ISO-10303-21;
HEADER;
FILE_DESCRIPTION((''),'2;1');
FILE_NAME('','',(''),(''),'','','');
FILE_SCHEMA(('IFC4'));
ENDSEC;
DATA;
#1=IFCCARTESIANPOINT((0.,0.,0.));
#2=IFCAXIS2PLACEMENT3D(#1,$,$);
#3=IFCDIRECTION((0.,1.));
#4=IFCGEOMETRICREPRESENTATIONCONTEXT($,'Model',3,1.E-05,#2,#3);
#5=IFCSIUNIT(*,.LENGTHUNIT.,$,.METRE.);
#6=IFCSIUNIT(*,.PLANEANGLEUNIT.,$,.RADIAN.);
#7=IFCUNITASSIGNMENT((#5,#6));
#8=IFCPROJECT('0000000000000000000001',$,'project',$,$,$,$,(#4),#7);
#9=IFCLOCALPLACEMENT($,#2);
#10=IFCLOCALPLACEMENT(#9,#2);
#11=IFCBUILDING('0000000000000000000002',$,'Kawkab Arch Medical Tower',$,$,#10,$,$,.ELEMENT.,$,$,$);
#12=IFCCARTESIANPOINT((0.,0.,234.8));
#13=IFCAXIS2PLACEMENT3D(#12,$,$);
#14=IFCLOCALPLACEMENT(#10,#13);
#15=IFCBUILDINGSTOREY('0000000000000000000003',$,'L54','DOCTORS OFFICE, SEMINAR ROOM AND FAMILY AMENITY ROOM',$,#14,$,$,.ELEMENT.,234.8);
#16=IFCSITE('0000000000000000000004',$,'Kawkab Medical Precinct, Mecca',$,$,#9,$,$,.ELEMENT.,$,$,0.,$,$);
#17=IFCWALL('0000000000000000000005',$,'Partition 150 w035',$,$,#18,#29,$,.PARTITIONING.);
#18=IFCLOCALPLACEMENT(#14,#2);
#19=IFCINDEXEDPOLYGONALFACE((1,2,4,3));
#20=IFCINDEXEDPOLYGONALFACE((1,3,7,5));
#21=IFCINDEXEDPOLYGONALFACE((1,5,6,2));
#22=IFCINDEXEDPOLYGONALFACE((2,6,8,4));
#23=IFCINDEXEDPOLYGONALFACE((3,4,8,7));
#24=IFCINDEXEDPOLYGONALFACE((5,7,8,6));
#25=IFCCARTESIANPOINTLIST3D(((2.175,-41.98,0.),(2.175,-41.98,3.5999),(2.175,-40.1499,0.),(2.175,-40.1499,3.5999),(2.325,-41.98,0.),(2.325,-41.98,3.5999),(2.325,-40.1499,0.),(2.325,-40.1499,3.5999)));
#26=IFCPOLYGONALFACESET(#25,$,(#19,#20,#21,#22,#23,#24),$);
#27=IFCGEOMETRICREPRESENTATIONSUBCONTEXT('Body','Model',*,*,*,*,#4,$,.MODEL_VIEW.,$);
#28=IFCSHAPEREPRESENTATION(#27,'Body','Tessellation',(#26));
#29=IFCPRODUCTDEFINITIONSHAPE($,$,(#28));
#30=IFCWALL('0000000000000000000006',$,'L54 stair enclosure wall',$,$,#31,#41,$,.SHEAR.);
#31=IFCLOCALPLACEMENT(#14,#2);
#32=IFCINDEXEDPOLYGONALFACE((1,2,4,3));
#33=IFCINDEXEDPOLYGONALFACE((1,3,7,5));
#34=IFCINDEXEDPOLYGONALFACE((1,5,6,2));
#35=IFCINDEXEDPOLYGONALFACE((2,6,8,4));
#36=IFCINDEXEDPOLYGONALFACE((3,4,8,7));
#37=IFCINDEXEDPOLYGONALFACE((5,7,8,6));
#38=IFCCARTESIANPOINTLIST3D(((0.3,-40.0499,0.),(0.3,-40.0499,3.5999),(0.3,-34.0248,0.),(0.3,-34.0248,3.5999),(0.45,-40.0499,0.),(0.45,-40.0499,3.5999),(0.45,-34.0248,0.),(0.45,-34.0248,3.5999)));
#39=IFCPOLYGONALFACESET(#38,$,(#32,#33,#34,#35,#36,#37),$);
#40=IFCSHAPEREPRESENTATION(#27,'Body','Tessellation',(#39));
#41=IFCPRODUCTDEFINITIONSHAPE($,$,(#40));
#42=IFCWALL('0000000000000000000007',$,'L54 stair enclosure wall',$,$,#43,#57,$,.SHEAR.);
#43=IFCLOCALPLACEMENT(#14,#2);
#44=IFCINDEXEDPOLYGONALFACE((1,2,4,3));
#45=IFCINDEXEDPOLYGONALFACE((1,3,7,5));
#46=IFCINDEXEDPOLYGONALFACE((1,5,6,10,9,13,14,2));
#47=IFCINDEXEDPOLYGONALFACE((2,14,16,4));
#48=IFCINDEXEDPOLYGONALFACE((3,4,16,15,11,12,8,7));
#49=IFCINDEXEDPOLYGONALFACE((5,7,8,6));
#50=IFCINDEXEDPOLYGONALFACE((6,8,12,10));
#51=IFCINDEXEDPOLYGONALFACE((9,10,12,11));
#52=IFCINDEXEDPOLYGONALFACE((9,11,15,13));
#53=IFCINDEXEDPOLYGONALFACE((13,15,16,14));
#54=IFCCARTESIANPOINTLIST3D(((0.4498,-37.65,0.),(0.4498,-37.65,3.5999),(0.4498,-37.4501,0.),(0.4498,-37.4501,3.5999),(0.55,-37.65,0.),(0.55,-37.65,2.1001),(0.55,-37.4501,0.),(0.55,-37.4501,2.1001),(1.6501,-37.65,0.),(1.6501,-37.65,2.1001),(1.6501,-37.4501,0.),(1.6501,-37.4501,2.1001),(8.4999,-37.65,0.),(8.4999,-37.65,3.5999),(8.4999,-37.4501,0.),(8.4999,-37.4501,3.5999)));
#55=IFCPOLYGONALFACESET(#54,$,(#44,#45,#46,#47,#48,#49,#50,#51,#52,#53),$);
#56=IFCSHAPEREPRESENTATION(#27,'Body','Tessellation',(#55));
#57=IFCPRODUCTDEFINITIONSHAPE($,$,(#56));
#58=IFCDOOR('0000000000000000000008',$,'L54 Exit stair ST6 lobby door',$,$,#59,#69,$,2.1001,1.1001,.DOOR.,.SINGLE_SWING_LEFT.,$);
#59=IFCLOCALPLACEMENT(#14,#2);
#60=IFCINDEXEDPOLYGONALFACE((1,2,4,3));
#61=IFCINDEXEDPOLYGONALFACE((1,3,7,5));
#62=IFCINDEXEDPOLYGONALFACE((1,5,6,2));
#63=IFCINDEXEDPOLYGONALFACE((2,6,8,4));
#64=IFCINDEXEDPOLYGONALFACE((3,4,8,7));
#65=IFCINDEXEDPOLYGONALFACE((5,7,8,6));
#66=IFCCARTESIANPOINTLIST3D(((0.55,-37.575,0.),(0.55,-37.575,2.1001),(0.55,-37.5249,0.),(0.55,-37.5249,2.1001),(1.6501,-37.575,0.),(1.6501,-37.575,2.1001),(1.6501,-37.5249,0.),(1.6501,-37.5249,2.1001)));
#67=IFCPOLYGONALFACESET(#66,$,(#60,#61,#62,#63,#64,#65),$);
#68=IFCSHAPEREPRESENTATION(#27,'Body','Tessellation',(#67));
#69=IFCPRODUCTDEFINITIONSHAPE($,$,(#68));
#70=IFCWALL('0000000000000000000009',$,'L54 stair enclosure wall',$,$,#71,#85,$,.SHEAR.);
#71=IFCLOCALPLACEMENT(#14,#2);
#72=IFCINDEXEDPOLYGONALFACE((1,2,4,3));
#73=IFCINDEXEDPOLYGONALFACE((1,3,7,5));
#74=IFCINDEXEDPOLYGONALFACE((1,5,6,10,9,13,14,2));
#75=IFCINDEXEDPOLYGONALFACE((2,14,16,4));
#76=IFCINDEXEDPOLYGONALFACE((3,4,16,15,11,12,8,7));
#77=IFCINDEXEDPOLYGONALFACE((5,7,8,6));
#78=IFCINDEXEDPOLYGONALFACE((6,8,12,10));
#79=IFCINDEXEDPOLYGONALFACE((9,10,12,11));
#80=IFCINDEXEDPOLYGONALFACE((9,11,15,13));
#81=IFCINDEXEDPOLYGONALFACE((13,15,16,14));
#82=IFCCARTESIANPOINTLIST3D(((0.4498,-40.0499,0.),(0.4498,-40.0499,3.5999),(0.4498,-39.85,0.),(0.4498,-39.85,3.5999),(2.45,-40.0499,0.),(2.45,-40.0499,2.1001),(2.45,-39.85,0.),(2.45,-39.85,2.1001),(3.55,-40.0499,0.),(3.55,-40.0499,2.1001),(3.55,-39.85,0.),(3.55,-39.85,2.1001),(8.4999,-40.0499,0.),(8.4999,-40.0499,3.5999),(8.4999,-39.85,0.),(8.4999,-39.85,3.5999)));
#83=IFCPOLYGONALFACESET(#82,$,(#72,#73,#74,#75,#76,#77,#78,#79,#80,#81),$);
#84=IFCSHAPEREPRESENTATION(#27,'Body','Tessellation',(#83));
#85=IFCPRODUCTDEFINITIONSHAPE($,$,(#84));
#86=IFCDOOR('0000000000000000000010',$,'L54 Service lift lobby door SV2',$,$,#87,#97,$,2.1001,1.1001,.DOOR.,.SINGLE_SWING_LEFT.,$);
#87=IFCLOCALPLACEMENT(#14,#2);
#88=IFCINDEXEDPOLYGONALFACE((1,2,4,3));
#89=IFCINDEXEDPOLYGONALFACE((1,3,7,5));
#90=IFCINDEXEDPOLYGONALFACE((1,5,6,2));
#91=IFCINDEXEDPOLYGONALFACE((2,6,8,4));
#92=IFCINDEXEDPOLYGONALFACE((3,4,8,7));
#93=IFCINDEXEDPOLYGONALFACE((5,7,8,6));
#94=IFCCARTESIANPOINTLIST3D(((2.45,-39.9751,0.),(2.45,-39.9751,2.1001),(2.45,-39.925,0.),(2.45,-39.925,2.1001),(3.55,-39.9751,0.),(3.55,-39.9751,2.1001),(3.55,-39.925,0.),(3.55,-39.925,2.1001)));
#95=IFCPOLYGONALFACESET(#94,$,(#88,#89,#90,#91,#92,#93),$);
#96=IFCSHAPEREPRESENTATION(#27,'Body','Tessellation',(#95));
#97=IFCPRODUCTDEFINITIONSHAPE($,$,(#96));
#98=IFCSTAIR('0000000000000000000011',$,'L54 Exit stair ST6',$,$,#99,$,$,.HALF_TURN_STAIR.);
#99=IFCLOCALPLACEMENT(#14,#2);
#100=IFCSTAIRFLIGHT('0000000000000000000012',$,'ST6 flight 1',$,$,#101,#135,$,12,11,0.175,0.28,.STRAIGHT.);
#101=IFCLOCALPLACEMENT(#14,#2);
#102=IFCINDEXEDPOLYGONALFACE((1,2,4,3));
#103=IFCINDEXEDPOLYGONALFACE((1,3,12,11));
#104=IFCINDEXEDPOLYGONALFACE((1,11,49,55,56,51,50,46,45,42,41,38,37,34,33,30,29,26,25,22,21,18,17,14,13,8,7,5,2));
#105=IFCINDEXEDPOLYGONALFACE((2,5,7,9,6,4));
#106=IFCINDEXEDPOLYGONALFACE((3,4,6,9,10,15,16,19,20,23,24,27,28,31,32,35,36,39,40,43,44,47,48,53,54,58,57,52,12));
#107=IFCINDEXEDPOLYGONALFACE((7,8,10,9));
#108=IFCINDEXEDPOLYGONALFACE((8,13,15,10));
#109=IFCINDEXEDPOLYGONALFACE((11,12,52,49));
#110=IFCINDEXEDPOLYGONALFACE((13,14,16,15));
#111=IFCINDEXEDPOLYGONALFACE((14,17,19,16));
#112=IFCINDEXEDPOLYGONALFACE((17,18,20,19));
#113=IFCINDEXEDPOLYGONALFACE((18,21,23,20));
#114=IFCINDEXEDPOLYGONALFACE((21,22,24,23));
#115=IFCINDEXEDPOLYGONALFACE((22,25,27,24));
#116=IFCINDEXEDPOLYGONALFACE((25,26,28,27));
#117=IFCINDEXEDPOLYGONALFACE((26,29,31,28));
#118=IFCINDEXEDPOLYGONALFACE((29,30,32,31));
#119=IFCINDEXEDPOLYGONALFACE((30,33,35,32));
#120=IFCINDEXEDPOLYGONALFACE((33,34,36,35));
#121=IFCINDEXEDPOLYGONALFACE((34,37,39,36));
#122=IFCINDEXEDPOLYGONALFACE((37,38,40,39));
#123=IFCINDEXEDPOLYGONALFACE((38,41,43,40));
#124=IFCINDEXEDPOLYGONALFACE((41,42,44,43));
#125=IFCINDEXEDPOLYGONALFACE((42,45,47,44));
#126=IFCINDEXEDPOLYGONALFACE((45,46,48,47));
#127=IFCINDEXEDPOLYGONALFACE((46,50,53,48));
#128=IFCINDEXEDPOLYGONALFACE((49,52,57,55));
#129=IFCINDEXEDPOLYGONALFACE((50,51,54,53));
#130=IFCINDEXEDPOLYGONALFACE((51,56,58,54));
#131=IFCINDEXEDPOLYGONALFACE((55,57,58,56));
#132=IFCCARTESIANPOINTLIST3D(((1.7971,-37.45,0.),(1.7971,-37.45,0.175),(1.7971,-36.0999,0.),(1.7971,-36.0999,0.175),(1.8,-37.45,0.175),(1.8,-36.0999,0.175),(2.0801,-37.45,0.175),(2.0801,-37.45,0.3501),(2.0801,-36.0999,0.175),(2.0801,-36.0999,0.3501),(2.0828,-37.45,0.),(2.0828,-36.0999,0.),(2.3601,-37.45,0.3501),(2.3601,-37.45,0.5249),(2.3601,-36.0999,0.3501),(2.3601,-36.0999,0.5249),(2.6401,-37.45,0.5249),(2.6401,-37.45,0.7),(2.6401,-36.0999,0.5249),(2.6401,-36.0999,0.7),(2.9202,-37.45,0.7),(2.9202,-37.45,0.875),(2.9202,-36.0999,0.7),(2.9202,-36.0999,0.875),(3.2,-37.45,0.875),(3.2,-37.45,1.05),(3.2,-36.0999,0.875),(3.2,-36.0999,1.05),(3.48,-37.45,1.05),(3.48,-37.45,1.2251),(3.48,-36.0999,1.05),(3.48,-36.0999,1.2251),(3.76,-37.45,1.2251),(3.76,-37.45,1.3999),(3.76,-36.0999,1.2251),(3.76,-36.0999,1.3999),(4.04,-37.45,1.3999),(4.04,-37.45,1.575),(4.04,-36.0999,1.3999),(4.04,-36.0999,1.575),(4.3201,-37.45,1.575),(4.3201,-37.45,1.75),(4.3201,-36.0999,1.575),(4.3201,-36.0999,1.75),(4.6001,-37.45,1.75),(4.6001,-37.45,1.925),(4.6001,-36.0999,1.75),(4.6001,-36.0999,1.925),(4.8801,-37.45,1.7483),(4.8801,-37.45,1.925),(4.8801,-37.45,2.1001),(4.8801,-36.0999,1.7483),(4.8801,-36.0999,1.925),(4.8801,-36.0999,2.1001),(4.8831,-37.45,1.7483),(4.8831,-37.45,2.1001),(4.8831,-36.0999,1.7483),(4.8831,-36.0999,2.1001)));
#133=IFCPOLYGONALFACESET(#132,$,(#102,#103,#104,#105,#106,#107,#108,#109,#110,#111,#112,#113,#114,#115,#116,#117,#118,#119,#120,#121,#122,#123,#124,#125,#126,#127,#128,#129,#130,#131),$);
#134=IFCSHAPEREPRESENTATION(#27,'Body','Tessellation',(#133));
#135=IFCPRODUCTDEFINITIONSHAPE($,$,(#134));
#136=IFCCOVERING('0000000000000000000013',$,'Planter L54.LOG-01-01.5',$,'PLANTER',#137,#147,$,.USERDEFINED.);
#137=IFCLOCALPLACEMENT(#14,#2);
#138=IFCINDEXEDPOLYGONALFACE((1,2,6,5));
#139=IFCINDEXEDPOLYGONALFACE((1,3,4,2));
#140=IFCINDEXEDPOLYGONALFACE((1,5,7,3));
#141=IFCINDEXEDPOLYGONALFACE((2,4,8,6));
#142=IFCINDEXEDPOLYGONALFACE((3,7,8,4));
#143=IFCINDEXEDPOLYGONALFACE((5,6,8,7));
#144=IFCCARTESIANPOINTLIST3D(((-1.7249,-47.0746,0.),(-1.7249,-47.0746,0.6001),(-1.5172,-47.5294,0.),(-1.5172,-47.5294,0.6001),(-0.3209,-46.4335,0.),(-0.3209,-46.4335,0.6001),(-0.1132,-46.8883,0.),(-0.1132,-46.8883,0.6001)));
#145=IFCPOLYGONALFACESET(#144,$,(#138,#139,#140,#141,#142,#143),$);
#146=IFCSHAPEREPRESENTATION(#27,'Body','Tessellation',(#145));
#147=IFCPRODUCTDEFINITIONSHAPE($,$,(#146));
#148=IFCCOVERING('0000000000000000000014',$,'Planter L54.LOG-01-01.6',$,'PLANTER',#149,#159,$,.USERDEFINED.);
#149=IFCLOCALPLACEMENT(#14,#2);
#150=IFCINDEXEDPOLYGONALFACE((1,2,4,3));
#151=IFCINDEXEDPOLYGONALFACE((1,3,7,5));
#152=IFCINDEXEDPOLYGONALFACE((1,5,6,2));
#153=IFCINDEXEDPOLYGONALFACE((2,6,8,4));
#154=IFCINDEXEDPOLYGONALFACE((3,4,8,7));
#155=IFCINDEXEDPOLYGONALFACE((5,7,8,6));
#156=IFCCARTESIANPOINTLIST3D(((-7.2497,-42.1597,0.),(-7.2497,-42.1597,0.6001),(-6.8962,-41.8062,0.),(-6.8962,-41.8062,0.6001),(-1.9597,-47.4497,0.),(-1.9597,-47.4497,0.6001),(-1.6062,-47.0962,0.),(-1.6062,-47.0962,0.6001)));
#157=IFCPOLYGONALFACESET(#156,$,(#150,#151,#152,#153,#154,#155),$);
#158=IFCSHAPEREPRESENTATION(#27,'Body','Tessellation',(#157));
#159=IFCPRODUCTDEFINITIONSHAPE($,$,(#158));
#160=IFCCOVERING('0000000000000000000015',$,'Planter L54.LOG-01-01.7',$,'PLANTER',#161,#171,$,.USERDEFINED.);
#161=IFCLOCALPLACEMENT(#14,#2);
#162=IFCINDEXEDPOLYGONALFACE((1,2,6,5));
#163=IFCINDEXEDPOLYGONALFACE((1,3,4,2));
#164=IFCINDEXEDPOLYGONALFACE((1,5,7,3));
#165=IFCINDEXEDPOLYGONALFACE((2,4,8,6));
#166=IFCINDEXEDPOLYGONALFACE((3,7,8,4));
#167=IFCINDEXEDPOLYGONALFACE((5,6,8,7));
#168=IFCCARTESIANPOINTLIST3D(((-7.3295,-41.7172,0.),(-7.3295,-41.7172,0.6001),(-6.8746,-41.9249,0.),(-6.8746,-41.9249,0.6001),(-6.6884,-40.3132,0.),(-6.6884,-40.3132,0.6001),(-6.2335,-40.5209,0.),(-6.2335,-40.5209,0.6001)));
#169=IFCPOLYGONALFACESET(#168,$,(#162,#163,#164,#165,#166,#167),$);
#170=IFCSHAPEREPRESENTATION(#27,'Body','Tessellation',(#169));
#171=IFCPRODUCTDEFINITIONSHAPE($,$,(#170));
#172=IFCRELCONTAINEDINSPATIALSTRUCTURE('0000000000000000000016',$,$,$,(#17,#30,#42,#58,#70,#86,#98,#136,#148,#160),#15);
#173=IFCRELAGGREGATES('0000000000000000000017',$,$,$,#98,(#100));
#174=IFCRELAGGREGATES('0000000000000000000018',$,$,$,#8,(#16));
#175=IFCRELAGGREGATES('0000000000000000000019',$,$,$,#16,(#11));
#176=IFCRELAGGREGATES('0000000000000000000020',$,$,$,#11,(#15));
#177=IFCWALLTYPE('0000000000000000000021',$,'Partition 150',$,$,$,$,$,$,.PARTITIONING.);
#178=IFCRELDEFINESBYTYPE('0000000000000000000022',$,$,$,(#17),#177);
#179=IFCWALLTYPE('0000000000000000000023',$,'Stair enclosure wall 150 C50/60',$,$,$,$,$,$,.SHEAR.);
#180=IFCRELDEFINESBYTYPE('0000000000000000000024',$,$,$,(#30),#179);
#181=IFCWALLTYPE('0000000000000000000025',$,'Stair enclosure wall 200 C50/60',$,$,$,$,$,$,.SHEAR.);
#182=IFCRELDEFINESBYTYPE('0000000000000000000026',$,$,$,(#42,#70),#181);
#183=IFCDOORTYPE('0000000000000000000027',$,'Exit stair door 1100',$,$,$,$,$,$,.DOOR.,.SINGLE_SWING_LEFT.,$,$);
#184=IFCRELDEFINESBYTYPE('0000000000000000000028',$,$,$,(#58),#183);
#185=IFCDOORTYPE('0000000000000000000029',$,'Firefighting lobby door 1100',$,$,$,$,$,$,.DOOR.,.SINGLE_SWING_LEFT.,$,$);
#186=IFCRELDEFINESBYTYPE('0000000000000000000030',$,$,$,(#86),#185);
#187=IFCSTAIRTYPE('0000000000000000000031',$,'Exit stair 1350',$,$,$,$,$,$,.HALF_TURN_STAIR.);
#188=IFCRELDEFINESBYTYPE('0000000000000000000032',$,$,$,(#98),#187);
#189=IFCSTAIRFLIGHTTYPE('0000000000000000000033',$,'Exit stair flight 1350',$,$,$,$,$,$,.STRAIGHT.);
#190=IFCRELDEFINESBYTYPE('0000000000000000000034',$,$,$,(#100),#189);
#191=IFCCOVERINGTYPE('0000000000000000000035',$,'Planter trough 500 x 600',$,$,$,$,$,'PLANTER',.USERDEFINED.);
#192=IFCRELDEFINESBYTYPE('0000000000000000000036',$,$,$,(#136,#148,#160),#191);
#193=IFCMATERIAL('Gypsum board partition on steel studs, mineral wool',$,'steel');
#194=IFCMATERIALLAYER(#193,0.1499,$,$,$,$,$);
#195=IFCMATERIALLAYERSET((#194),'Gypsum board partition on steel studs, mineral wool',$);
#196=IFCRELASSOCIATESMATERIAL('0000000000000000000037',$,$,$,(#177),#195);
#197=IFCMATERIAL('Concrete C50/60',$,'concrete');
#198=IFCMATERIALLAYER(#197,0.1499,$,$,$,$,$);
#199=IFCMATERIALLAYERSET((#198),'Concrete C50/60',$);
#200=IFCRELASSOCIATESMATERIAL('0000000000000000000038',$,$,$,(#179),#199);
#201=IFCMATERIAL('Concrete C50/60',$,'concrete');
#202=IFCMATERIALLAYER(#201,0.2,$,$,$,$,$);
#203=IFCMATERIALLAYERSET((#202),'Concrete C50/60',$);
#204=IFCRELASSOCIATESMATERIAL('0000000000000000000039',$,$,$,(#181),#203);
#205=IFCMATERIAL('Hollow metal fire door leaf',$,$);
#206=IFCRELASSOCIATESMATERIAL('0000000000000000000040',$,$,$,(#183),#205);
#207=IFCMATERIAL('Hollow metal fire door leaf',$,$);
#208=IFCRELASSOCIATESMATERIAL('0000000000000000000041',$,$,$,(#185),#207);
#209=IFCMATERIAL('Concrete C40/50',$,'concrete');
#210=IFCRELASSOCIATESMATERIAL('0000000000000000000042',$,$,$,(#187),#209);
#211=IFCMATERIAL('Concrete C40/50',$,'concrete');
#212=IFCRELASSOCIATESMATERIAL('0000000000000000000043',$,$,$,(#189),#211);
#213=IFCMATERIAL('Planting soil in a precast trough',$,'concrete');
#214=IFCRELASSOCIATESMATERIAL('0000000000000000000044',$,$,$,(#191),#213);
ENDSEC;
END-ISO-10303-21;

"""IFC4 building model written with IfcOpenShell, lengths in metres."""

from ifc_helpers import new_model, si_unit, direction, frame, frame_2d, origin, origin_2d, place, context, subcontext, project, spatial, polyline, rectangle, outline, extrude, material, layer, layer_set, material_profile, profile_set, type_object, element, fill, aggregate, save


model = new_model("IFC4")

# Units and contexts
model_context = context("Model", 3, precision=1e-05, world=origin(), true_north=direction((0.0, 1.0)))
body_context = subcontext(model_context, "Body", "Model", "MODEL_VIEW")
ifc_project = project(units=[si_unit("LENGTHUNIT", "METRE"), si_unit("PLANEANGLEUNIT", "RADIAN")], contexts=[model_context])

# Site, building, storey
site_placement = place(None, origin())
site = spatial("IfcSite", under=ifc_project, at=site_placement, Name="Kawkab Medical Precinct, Mecca", CompositionType="ELEMENT", RefElevation=0.0)
building_placement = place(site_placement, origin())
building = spatial("IfcBuilding", under=site, at=building_placement, Name="Kawkab Arch Medical Tower", CompositionType="ELEMENT")
storey_placement = place(building_placement, frame((0.0, 0.0, 234.8)))
storey = spatial("IfcBuildingStorey", under=building, at=storey_placement, Name="L54", Description="DOCTORS OFFICE, SEMINAR ROOM AND FAMILY AMENITY ROOM", CompositionType="ELEMENT", Elevation=234.8)

# Shared definitions
placement = place(storey_placement, origin())

# Shared definitions
ifc_material_1 = material(Name="Gypsum board partition on steel studs, mineral wool", Category="steel")
ifc_layer_1 = layer(ifc_material_1, 0.1499)
ifc_layer_set_1 = layer_set([ifc_layer_1], Name="Gypsum board partition on steel studs, mineral wool")
wall_type_1 = type_object("IfcWallType", Name="Partition 150", PredefinedType="PARTITIONING", material=ifc_layer_set_1)

# Walls
wall_1_placement = place(storey_placement, frame((2.25, -41.98, 0.0), z_axis=(0.0, 0.0, 1.0), x_axis=(0.0, 1.0, 0.0)))
element("IfcWall", 1, at=wall_1_placement, inside=storey, type_object=wall_type_1, Name="Partition 150 w035", PredefinedType="PARTITIONING", context=body_context, shape_type="SweptSolid", body=[
    extrude(rectangle(XDim=1.8301, YDim=0.1499, at=frame_2d((0.915, 0.0))), origin(), (0.0, 0.0, 1.0), 3.5999),
])
ifc_material_2 = material(Name="Concrete C50/60", Category="concrete")
ifc_layer_2 = layer(ifc_material_2, 0.1499)
ifc_layer_set_2 = layer_set([ifc_layer_2], Name="Concrete C50/60")
wall_type_2 = type_object("IfcWallType", Name="Stair enclosure wall 150 C50/60", PredefinedType="SHEAR", material=ifc_layer_set_2)
wall_2_placement = place(storey_placement, frame((0.375, -40.05, 0.0), z_axis=(0.0, 0.0, 1.0), x_axis=(0.0, 1.0, 0.0)))
element("IfcWall", 2, at=wall_2_placement, inside=storey, type_object=wall_type_2, Name="L54 stair enclosure wall", PredefinedType="SHEAR", context=body_context, shape_type="SweptSolid", body=[
    extrude(rectangle(XDim=6.0251, YDim=0.1499, at=frame_2d((3.0127, 0.0))), origin(), (0.0, 0.0, 1.0), 3.5999),
])

# Walls, openings, doors
ifc_material_3 = material(Name="Concrete C50/60", Category="concrete")
ifc_layer_3 = layer(ifc_material_3, 0.2)
ifc_layer_set_3 = layer_set([ifc_layer_3], Name="Concrete C50/60")
wall_type_3 = type_object("IfcWallType", Name="Stair enclosure wall 200 C50/60", PredefinedType="SHEAR", material=ifc_layer_set_3)
wall_3_placement = place(storey_placement, frame((0.45, -37.55, 0.0), z_axis=(0.0, 0.0, 1.0), x_axis=(1.0, 0.0, 0.0)))
wall_3 = element("IfcWall", 3, at=wall_3_placement, inside=storey, type_object=wall_type_3, Name="L54 stair enclosure wall", PredefinedType="SHEAR", context=body_context, shape_type="SweptSolid", body=[
    extrude(rectangle(XDim=8.05, YDim=0.2, at=frame_2d((4.0249, 0.0))), origin(), (0.0, 0.0, 1.0), 3.5999),
])
opening_1_placement = place(wall_3_placement, frame((0.1001, 0.0, 0.0)))
opening_1 = element("IfcOpeningElement", 4, at=opening_1_placement, cuts=wall_3, PredefinedType="OPENING", context=body_context, shape_type="SweptSolid", body=[
    extrude(rectangle(XDim=1.1001, YDim=2.1001, at=frame_2d((0.55, 1.05))), frame((0.0, 0.1099, 0.0), z_axis=(0.0, -1.0, 0.0), x_axis=(1.0, 0.0, 0.0)), (0.0, 0.0, 1.0), 0.22),
])
ifc_material_4 = material(Name="Hollow metal fire door leaf")
door_type_1 = type_object("IfcDoorType", Name="Exit stair door 1100", OperationType="SINGLE_SWING_LEFT", PredefinedType="DOOR", material=ifc_material_4)
door_1_placement = place(opening_1_placement, frame((1.1001, 0.0, 0.0), z_axis=(0.0, 0.0, 1.0), x_axis=(-1.0, 0.0, 0.0)))
door_1 = element("IfcDoor", 5, at=door_1_placement, inside=storey, type_object=door_type_1, Name="L54 Exit stair ST6 lobby door", OperationType="SINGLE_SWING_LEFT", OverallHeight=2.1001, OverallWidth=1.1001, PredefinedType="DOOR", context=body_context, shape_type="SweptSolid", body=[
    extrude(rectangle(XDim=1.1001, YDim=2.1001, at=frame_2d((0.55, 1.05))), frame((0.0, 0.0249, 0.0), z_axis=(0.0, -1.0, 0.0), x_axis=(1.0, 0.0, 0.0)), (0.0, 0.0, 1.0), 0.05),
])
fill(opening_1, door_1)
wall_4_placement = place(storey_placement, frame((0.45, -39.95, 0.0), z_axis=(0.0, 0.0, 1.0), x_axis=(1.0, 0.0, 0.0)))
wall_4 = element("IfcWall", 6, at=wall_4_placement, inside=storey, type_object=wall_type_3, Name="L54 stair enclosure wall", PredefinedType="SHEAR", context=body_context, shape_type="SweptSolid", body=[
    extrude(rectangle(XDim=8.05, YDim=0.2, at=frame_2d((4.0249, 0.0))), origin(), (0.0, 0.0, 1.0), 3.5999),
])
opening_2_placement = place(wall_4_placement, frame((2.0, 0.0, 0.0)))
opening_2 = element("IfcOpeningElement", 7, at=opening_2_placement, cuts=wall_4, PredefinedType="OPENING", context=body_context, shape_type="SweptSolid", body=[
    extrude(rectangle(XDim=1.1001, YDim=2.1001, at=frame_2d((0.55, 1.05))), frame((0.0, 0.1099, 0.0), z_axis=(0.0, -1.0, 0.0), x_axis=(1.0, 0.0, 0.0)), (0.0, 0.0, 1.0), 0.22),
])
ifc_material_5 = material(Name="Hollow metal fire door leaf")
door_type_2 = type_object("IfcDoorType", Name="Firefighting lobby door 1100", OperationType="SINGLE_SWING_LEFT", PredefinedType="DOOR", material=ifc_material_5)
door_2_placement = place(opening_2_placement, origin())
door_2 = element("IfcDoor", 8, at=door_2_placement, inside=storey, type_object=door_type_2, Name="L54 Service lift lobby door SV2", OperationType="SINGLE_SWING_LEFT", OverallHeight=2.1001, OverallWidth=1.1001, PredefinedType="DOOR", context=body_context, shape_type="SweptSolid", body=[
    extrude(rectangle(XDim=1.1001, YDim=2.1001, at=frame_2d((0.55, 1.05))), frame((0.0, 0.0249, 0.0), z_axis=(0.0, -1.0, 0.0), x_axis=(1.0, 0.0, 0.0)), (0.0, 0.0, 1.0), 0.05),
])
fill(opening_2, door_2)

# Stair, stair flight
ifc_material_6 = material(Name="Concrete C40/50", Category="concrete")
stair_type = type_object("IfcStairType", Name="Exit stair 1350", PredefinedType="HALF_TURN_STAIR", material=ifc_material_6)
stair = element("IfcStair", 9, at=placement, inside=storey, type_object=stair_type, Name="L54 Exit stair ST6", PredefinedType="HALF_TURN_STAIR")
ifc_material_7 = material(Name="Concrete C40/50", Category="concrete")
stair_flight_type = type_object("IfcStairFlightType", Name="Exit stair flight 1350", PredefinedType="STRAIGHT", material=ifc_material_7)
stair_flight_placement = place(storey_placement, frame((1.8, -36.7749, 0.0), z_axis=(0.0, 0.0, 1.0), x_axis=(1.0, 0.0, 0.0)))
stair_flight = element("IfcStairFlight", 10, at=stair_flight_placement, type_object=stair_flight_type, Name="ST6 flight 1", NumberOfRisers=12, NumberOfTreads=11, PredefinedType="STRAIGHT", RiserHeight=0.175, TreadLength=0.28, context=body_context, shape_type="SweptSolid", body=[
    extrude(outline(polyline([(-0.0029, 0.0), (-0.0029, 0.175), (0.0, 0.175), (0.28, 0.175), (0.28, 0.3501), (0.5601, 0.3501), (0.5601, 0.5249), (0.8401, 0.5249), (0.8401, 0.7), (1.1201, 0.7), (1.1201, 0.875), (1.3999, 0.875), (1.3999, 1.05), (1.6799, 1.05), (1.6799, 1.2251), (1.96, 1.2251), (1.96, 1.3999), (2.24, 1.3999), (2.24, 1.575), (2.52, 1.575), (2.52, 1.75), (2.8, 1.75), (2.8, 1.925), (3.0801, 1.925), (3.0801, 2.1001), (3.083, 2.1001), (3.083, 1.7483), (3.0801, 1.7483), (0.2827, 0.0), (-0.0029, 0.0)])), frame((0.0, 0.675, 0.0), z_axis=(0.0, -1.0, 0.0), x_axis=(1.0, 0.0, 0.0)), (0.0, 0.0, 1.0), 1.3501),
])
aggregate(stair, [stair_flight])

# Coverings
ifc_material_8 = material(Name="Planting soil in a precast trough", Category="concrete")
ifc_material_profile_1 = material_profile(ifc_material_8, rectangle(XDim=0.5, YDim=0.6001, at=origin_2d()), Name="Trough 500x600")
ifc_profile_set_1 = profile_set([ifc_material_profile_1], Name="Planting soil in a precast trough")
covering_type = type_object("IfcCoveringType", Name="Planter trough 500 x 600", ElementType="PLANTER", PredefinedType="USERDEFINED", material=ifc_profile_set_1)
covering_1_placement = place(storey_placement, frame((-0.217, -46.6609, 0.3), z_axis=(-0.909656, -0.415363, 0.0), x_axis=(0.415363, -0.909656, 0.0)))
element("IfcCovering", 11, at=covering_1_placement, inside=storey, type_object=covering_type, Name="Planter L54.LOG-01-01.5", ObjectType="PLANTER", PredefinedType="USERDEFINED", context=body_context, shape_type="SweptSolid", body=[
    extrude(rectangle(XDim=0.5, YDim=0.6001, at=origin_2d()), origin(), (0.0, 0.0, 1.0), 1.5435),
])
covering_2_placement = place(storey_placement, frame((-1.783, -47.2729, 0.3), z_axis=(-0.707107, 0.707107, 0.0), x_axis=(-0.707107, -0.707107, 0.0)))
element("IfcCovering", 12, at=covering_2_placement, inside=storey, type_object=covering_type, Name="Planter L54.LOG-01-01.6", ObjectType="PLANTER", PredefinedType="USERDEFINED", context=body_context, shape_type="SweptSolid", body=[
    extrude(rectangle(XDim=0.5, YDim=0.6001, at=origin_2d()), origin(), (0.0, 0.0, 1.0), 7.4812),
])
covering_3_placement = place(storey_placement, frame((-7.1021, -41.821, 0.3), z_axis=(0.415363, 0.909656, 0.0), x_axis=(-0.909656, 0.415363, 0.0)))
element("IfcCovering", 13, at=covering_3_placement, inside=storey, type_object=covering_type, Name="Planter L54.LOG-01-01.7", ObjectType="PLANTER", PredefinedType="USERDEFINED", context=body_context, shape_type="SweptSolid", body=[
    extrude(rectangle(XDim=0.5, YDim=0.6001, at=origin_2d()), origin(), (0.0, 0.0, 1.0), 1.5435),
])

save(model, "model.ifc")
